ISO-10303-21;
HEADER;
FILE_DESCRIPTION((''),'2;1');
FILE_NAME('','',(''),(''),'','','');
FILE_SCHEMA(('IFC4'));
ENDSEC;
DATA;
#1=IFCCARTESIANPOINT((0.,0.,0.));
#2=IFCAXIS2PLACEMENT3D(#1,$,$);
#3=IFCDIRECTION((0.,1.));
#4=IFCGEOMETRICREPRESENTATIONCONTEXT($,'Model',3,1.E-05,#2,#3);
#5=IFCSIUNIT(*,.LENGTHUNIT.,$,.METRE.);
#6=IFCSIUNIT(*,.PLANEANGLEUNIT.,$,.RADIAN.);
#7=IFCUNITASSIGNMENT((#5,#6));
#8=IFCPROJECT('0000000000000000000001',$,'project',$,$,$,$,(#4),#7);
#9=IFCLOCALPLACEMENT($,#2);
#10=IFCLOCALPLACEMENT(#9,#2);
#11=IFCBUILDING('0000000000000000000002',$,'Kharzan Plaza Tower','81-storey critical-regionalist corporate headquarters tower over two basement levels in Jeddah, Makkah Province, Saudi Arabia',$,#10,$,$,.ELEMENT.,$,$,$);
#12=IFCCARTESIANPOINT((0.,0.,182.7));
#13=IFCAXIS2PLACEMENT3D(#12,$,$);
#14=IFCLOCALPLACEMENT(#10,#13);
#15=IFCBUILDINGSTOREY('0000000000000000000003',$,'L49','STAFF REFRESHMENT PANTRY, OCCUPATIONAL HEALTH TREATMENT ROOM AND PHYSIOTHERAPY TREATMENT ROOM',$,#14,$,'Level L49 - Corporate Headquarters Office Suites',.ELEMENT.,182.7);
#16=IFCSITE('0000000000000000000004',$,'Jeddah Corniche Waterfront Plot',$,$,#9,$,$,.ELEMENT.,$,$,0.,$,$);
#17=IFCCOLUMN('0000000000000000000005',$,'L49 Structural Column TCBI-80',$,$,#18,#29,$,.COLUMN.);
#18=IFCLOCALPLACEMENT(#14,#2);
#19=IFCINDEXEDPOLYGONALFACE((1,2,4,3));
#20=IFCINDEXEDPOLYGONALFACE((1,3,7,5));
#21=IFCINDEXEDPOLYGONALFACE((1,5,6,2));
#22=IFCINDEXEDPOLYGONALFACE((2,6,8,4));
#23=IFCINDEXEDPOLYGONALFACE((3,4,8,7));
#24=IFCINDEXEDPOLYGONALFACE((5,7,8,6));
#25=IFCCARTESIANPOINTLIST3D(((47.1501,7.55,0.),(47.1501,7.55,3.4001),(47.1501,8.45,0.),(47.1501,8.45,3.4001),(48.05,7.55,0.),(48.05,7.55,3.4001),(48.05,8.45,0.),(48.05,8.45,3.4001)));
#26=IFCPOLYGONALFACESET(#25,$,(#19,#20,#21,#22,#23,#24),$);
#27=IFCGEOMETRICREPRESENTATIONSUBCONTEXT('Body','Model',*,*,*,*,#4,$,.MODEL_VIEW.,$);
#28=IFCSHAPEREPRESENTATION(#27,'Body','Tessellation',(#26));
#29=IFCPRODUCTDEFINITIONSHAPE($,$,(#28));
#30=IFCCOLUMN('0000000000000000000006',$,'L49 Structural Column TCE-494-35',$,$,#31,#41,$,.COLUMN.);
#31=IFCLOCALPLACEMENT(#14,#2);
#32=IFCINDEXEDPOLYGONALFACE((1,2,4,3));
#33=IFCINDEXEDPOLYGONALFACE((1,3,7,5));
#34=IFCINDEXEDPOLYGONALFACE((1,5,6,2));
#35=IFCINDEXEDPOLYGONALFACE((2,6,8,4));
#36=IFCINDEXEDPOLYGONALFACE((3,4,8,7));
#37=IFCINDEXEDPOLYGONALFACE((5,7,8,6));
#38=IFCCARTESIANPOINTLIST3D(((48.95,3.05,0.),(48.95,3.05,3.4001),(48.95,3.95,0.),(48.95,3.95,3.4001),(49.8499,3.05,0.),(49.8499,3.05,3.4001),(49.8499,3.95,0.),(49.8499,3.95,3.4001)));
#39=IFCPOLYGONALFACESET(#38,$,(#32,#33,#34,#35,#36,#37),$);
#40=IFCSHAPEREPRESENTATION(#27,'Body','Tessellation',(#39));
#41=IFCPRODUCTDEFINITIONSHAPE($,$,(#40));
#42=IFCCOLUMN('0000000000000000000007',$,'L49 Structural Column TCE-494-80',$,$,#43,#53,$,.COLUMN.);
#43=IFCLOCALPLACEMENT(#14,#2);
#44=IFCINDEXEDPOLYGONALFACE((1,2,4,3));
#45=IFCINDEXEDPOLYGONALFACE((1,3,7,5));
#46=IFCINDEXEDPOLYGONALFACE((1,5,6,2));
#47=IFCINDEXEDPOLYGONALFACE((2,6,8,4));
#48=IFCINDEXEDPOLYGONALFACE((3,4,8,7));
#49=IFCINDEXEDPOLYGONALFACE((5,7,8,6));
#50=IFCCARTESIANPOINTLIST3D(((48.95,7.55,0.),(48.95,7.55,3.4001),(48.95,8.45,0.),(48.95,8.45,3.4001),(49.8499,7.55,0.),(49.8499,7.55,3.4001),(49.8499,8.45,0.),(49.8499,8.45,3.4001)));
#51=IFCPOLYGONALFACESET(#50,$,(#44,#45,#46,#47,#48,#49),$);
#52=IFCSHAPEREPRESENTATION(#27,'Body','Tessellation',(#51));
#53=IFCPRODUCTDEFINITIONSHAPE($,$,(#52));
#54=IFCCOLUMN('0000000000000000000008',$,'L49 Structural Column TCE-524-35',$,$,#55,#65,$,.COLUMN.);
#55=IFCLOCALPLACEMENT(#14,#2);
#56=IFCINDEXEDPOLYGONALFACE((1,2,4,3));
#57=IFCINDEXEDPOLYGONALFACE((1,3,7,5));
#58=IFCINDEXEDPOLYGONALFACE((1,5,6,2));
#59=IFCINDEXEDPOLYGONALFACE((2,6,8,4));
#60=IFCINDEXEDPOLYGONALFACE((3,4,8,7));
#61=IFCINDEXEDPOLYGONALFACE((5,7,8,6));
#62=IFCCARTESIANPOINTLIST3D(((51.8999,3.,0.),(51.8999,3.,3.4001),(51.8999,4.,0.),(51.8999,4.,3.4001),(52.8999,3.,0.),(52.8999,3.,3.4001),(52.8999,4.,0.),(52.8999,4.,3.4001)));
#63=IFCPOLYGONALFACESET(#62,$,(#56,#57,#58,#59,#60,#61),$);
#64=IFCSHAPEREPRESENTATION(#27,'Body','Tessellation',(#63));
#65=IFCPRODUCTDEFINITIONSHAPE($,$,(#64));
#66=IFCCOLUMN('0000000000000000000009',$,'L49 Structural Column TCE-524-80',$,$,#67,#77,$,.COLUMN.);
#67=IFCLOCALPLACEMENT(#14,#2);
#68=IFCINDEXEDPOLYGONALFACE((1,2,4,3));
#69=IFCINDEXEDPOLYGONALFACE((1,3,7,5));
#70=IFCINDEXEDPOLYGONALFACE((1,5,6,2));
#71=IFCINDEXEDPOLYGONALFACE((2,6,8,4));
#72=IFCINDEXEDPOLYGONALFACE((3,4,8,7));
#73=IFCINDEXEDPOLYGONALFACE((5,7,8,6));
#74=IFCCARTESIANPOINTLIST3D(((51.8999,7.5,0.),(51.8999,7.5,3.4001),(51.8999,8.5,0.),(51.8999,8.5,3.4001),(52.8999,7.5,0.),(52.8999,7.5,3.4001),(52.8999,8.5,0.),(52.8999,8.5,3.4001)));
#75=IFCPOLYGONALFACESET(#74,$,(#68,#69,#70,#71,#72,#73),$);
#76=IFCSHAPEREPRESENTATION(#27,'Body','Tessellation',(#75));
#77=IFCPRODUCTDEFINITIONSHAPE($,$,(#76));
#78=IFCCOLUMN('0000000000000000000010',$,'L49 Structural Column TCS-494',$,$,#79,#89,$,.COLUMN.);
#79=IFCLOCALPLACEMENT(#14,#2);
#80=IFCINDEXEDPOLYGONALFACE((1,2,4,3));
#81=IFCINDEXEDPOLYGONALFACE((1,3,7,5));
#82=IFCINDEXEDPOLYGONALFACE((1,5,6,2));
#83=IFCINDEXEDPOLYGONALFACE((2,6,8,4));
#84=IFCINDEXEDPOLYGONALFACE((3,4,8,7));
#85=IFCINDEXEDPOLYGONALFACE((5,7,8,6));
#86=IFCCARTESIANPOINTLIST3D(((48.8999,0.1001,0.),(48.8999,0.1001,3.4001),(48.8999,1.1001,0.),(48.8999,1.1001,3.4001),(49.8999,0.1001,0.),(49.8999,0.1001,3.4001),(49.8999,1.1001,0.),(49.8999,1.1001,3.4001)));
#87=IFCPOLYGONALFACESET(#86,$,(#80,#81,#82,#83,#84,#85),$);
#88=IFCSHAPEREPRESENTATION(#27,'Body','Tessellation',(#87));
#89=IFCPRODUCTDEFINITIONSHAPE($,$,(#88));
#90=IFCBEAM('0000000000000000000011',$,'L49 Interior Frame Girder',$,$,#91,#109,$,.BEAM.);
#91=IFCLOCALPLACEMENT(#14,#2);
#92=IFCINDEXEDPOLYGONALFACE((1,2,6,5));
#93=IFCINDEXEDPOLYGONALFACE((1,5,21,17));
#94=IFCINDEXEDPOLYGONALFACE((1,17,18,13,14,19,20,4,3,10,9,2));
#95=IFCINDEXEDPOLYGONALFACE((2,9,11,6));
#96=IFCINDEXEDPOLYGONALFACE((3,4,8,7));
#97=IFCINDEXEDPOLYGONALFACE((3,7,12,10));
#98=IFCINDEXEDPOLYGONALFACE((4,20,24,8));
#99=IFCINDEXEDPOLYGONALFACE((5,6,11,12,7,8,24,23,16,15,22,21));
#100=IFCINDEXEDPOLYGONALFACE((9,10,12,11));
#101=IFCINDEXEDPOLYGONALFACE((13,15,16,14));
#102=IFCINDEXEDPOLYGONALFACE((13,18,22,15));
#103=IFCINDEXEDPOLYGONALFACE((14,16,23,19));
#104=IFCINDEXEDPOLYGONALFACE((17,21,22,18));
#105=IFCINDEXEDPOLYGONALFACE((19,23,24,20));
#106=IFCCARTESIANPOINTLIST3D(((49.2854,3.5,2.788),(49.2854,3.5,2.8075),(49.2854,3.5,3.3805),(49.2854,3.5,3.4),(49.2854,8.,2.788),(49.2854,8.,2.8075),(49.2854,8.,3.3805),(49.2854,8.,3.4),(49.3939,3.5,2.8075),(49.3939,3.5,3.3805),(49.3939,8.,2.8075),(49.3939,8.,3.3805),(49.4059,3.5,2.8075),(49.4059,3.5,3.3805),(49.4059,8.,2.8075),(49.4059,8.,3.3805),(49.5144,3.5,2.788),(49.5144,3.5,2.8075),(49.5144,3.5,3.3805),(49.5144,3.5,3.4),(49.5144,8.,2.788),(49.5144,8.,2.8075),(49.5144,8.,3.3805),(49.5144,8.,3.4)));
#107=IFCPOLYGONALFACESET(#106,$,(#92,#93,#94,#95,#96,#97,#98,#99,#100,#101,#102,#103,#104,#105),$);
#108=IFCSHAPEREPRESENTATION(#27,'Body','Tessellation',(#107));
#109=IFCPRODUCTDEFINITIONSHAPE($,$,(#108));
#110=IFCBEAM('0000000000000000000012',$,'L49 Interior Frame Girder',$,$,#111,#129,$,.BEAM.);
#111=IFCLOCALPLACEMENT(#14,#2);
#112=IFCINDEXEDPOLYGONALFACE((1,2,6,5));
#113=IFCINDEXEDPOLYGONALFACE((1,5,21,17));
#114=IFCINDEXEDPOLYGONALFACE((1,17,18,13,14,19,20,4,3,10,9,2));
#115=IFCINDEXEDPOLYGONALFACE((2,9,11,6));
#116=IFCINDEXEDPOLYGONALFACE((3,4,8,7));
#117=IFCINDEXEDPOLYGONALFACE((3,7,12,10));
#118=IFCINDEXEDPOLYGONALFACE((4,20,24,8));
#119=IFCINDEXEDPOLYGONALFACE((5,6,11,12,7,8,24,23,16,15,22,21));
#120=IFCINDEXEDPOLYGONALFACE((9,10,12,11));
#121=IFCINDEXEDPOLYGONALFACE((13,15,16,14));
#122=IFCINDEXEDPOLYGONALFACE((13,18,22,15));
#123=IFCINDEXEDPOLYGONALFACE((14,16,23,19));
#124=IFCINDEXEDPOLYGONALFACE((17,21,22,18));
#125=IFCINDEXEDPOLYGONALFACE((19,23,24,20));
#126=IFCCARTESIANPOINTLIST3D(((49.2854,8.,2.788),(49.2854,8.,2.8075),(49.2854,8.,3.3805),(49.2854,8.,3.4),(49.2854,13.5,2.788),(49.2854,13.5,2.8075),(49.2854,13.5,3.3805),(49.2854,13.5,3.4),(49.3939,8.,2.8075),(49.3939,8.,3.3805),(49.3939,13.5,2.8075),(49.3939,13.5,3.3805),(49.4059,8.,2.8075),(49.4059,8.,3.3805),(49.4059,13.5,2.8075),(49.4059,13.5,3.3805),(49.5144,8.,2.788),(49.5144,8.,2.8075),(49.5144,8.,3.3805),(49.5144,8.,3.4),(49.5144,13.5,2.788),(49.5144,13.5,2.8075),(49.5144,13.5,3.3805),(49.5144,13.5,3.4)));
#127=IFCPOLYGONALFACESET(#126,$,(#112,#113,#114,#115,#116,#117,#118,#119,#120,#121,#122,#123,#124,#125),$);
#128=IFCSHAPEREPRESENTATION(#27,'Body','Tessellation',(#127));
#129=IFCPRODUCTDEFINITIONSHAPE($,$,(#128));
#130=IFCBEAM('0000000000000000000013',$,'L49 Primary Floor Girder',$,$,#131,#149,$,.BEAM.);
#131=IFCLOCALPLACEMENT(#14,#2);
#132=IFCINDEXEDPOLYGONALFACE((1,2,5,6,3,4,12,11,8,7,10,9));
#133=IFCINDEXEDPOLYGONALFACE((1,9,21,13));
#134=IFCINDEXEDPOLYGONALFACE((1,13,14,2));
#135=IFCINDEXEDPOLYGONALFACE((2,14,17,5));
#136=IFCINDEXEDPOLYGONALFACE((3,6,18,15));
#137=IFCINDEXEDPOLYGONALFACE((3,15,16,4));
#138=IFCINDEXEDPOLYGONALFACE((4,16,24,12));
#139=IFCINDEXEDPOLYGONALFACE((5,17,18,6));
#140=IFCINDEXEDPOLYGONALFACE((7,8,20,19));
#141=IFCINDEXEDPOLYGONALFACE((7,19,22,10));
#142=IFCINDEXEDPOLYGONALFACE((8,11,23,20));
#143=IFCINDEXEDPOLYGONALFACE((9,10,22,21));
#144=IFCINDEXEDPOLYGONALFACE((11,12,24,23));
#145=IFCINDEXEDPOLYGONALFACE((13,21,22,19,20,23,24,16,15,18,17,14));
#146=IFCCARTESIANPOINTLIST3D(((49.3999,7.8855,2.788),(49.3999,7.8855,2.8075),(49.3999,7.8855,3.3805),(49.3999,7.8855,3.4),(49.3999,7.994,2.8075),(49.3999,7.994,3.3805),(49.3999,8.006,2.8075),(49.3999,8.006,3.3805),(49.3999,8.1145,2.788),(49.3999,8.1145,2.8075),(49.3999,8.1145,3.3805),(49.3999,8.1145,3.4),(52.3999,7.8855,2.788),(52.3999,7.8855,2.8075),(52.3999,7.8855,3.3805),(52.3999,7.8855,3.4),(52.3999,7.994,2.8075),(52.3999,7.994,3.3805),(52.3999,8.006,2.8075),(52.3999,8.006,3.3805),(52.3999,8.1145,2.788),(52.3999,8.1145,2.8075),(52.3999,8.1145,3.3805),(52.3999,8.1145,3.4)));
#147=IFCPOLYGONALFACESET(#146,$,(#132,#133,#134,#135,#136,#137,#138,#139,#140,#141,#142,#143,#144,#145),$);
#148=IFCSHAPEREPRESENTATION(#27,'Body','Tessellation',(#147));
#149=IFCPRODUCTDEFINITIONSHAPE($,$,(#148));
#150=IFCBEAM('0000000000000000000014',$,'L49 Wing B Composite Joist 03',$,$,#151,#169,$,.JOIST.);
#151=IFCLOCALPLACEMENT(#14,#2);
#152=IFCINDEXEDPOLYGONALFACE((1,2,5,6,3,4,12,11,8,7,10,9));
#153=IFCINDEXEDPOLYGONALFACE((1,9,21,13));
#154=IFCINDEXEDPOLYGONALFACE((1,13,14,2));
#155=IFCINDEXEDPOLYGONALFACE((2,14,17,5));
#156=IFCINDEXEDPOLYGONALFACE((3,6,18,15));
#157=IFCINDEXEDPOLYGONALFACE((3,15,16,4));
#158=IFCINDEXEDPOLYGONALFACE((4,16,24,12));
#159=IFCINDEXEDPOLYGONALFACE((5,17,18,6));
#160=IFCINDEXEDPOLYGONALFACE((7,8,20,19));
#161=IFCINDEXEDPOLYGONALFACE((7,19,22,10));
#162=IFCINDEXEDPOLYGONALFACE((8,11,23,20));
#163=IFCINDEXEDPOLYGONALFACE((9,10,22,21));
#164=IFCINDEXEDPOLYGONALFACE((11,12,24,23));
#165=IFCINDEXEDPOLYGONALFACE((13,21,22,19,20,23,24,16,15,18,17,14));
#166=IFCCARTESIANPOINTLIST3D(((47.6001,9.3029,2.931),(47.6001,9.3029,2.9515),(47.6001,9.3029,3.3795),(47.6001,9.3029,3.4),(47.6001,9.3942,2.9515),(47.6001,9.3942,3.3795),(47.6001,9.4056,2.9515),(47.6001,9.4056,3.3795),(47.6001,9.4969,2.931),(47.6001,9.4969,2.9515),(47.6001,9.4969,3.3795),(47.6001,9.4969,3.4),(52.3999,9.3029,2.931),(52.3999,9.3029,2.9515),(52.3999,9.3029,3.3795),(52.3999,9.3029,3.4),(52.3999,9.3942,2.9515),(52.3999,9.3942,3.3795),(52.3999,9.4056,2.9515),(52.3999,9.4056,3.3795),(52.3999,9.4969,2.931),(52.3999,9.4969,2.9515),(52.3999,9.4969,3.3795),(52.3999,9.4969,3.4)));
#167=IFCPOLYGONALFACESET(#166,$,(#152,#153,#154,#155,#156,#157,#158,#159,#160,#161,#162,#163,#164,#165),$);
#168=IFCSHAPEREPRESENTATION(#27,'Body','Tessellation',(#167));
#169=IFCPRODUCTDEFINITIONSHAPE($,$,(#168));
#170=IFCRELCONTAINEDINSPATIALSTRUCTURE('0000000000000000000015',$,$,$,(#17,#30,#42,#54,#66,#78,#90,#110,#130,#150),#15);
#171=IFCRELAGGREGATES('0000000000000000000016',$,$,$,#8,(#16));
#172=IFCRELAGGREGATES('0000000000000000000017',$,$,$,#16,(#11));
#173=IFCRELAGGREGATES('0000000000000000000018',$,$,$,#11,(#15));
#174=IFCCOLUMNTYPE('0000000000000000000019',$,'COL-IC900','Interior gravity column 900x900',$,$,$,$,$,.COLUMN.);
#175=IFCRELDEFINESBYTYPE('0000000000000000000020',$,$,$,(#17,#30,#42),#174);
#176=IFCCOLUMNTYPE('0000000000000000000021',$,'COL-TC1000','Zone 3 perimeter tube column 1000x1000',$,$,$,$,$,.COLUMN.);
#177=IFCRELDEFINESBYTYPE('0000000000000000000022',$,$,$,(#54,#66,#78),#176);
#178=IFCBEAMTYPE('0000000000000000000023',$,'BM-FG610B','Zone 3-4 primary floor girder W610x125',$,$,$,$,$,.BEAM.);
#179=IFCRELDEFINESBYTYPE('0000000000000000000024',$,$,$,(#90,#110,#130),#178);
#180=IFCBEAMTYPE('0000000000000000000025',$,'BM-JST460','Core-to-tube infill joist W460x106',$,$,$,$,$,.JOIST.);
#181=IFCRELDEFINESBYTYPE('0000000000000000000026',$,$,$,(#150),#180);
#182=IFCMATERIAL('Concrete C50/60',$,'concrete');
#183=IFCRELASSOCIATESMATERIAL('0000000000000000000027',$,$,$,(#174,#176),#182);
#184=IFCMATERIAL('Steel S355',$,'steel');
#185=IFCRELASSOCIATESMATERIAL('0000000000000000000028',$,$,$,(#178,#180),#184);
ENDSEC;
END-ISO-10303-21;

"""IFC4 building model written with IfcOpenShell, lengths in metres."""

from ifc_helpers import new_model, si_unit, direction, frame, origin, origin_2d, place, context, subcontext, project, spatial, rectangle, i_section, extrude, source, transform, mapped, material, material_profile, profile_set, type_object, element, save


model = new_model("IFC4")

# Units and contexts
model_context = context("Model", 3, precision=1e-05, world=origin(), true_north=direction((0.0, 1.0)))
body_context = subcontext(model_context, "Body", "Model", "MODEL_VIEW")
ifc_project = project(units=[si_unit("LENGTHUNIT", "METRE"), si_unit("PLANEANGLEUNIT", "RADIAN")], contexts=[model_context])

# Site, building, storey
site_placement = place(None, origin())
site = spatial("IfcSite", under=ifc_project, at=site_placement, Name="Jeddah Corniche Waterfront Plot", CompositionType="ELEMENT", RefElevation=0.0)
building_placement = place(site_placement, origin())
building = spatial("IfcBuilding", under=site, at=building_placement, Name="Kharzan Plaza Tower", Description="81-storey critical-regionalist corporate headquarters tower over two basement levels in Jeddah, Makkah Province, Saudi Arabia", CompositionType="ELEMENT")
storey_placement = place(building_placement, frame((0.0, 0.0, 182.7)))
storey = spatial("IfcBuildingStorey", under=building, at=storey_placement, Name="L49", Description="STAFF REFRESHMENT PANTRY, OCCUPATIONAL HEALTH TREATMENT ROOM AND PHYSIOTHERAPY TREATMENT ROOM", LongName="Level L49 - Corporate Headquarters Office Suites", CompositionType="ELEMENT", Elevation=182.7)

# Columns
ifc_material_1 = material(Name="Concrete C50/60", Category="concrete")
ifc_material_profile_1 = material_profile(ifc_material_1, rectangle(XDim=0.8999, YDim=0.8999, at=origin_2d()), Name="RC-IC900x900")
ifc_profile_set_1 = profile_set([ifc_material_profile_1], Name="Concrete C50/60")
column_type_1 = type_object("IfcColumnType", Name="COL-IC900", Description="Interior gravity column 900x900", PredefinedType="COLUMN", material=ifc_profile_set_1)
shared_shape_1 = source(origin(), body_context, "Body", "SweptSolid", [
    extrude(rectangle(XDim=0.8999, YDim=0.8999, at=origin_2d()), origin(), (0.0, 0.0, 1.0), 3.4001),
])
for number, where, z_axis, x_axis, name in (
    (1, (47.6001, 8.0, 0.0), (0.0, 0.0, 1.0), (1.0, 0.0, 0.0), "L49 Structural Column TCBI-80"),
    (2, (49.3999, 3.5, 0.0), (0.0, 0.0, 1.0), (1.0, 0.0, 0.0), "L49 Structural Column TCE-494-35"),
    (3, (49.3999, 8.0, 0.0), (0.0, 0.0, 1.0), (1.0, 0.0, 0.0), "L49 Structural Column TCE-494-80"),
):
    element("IfcColumn", number, at=place(storey_placement, frame(where, z_axis=z_axis, x_axis=x_axis)), inside=storey, type_object=column_type_1, Name=name, PredefinedType="COLUMN", context=body_context, shape_type="MappedRepresentation", body=[
        mapped(shared_shape_1, transform((0.0, 0.0, 0.0), x_axis=(1.0, 0.0, 0.0), y_axis=(0.0, 1.0, 0.0), z_axis=(0.0, 0.0, 1.0))),
    ])
ifc_material_profile_2 = material_profile(ifc_material_1, rectangle(XDim=1.0, YDim=1.0, at=origin_2d()), Name="RC-TC1000x1000")
ifc_profile_set_2 = profile_set([ifc_material_profile_2], Name="Concrete C50/60")
column_type_2 = type_object("IfcColumnType", Name="COL-TC1000", Description="Zone 3 perimeter tube column 1000x1000", PredefinedType="COLUMN", material=ifc_profile_set_2)
shared_shape_2 = source(origin(), body_context, "Body", "SweptSolid", [
    extrude(rectangle(XDim=1.0, YDim=1.0, at=origin_2d()), origin(), (0.0, 0.0, 1.0), 3.4001),
])
for number, where, z_axis, x_axis, name in (
    (4, (52.3999, 3.5, 0.0), (0.0, 0.0, 1.0), (1.0, 0.0, 0.0), "L49 Structural Column TCE-524-35"),
    (5, (52.3999, 8.0, 0.0), (0.0, 0.0, 1.0), (1.0, 0.0, 0.0), "L49 Structural Column TCE-524-80"),
    (6, (49.3999, 0.6001, 0.0), (0.0, 0.0, 1.0), (1.0, 0.0, 0.0), "L49 Structural Column TCS-494"),
):
    element("IfcColumn", number, at=place(storey_placement, frame(where, z_axis=z_axis, x_axis=x_axis)), inside=storey, type_object=column_type_2, Name=name, PredefinedType="COLUMN", context=body_context, shape_type="MappedRepresentation", body=[
        mapped(shared_shape_2, transform((0.0, 0.0, 0.0), x_axis=(1.0, 0.0, 0.0), y_axis=(0.0, 1.0, 0.0), z_axis=(0.0, 0.0, 1.0))),
    ])

# Beams
ifc_material_2 = material(Name="Steel S355", Category="steel")
ifc_material_profile_3 = material_profile(ifc_material_2, i_section(OverallWidth=0.229, OverallDepth=0.6121, WebThickness=0.012, FlangeThickness=0.0195, at=origin_2d()), Name="W610x125")
ifc_profile_set_3 = profile_set([ifc_material_profile_3], Name="Steel S355")
beam_type_1 = type_object("IfcBeamType", Name="BM-FG610B", Description="Zone 3-4 primary floor girder W610x125", PredefinedType="BEAM", material=ifc_profile_set_3)
shared_shape_3 = source(origin(), body_context, "Body", "SweptSolid", [
    extrude(i_section(OverallWidth=0.229, OverallDepth=0.6121, WebThickness=0.012, FlangeThickness=0.0195, at=origin_2d()), origin(), (0.0, 0.0, 1.0), 4.5),
])
beam_1_placement = place(storey_placement, frame((49.3999, 3.5, 3.094), z_axis=(0.0, 1.0, 0.0), x_axis=(-1.0, 0.0, 0.0)))
element("IfcBeam", 7, at=beam_1_placement, inside=storey, type_object=beam_type_1, Name="L49 Interior Frame Girder", PredefinedType="BEAM", context=body_context, shape_type="MappedRepresentation", body=[
    mapped(shared_shape_3, transform((0.0, 0.0, 0.0), x_axis=(1.0, 0.0, 0.0), y_axis=(0.0, 1.0, 0.0), z_axis=(0.0, 0.0, 1.0))),
])
shared_shape_4 = source(origin(), body_context, "Body", "SweptSolid", [
    extrude(i_section(OverallWidth=0.229, OverallDepth=0.6121, WebThickness=0.012, FlangeThickness=0.0195, at=origin_2d()), origin(), (0.0, 0.0, 1.0), 5.5),
])
beam_2_placement = place(storey_placement, frame((49.3999, 8.0, 3.094), z_axis=(0.0, 1.0, 0.0), x_axis=(-1.0, 0.0, 0.0)))
element("IfcBeam", 8, at=beam_2_placement, inside=storey, type_object=beam_type_1, Name="L49 Interior Frame Girder", PredefinedType="BEAM", context=body_context, shape_type="MappedRepresentation", body=[
    mapped(shared_shape_4, transform((0.0, 0.0, 0.0), x_axis=(1.0, 0.0, 0.0), y_axis=(0.0, 1.0, 0.0), z_axis=(0.0, 0.0, 1.0))),
])
shared_shape_5 = source(origin(), body_context, "Body", "SweptSolid", [
    extrude(i_section(OverallWidth=0.229, OverallDepth=0.6121, WebThickness=0.012, FlangeThickness=0.0195, at=origin_2d()), origin(), (0.0, 0.0, 1.0), 3.0),
])
beam_3_placement = place(storey_placement, frame((49.3999, 8.0, 3.094), z_axis=(1.0, 0.0, 0.0), x_axis=(0.0, 1.0, 0.0)))
element("IfcBeam", 9, at=beam_3_placement, inside=storey, type_object=beam_type_1, Name="L49 Primary Floor Girder", PredefinedType="BEAM", context=body_context, shape_type="MappedRepresentation", body=[
    mapped(shared_shape_5, transform((0.0, 0.0, 0.0), x_axis=(1.0, 0.0, 0.0), y_axis=(0.0, 1.0, 0.0), z_axis=(0.0, 0.0, 1.0))),
])
ifc_material_profile_4 = material_profile(ifc_material_2, i_section(OverallWidth=0.1941, OverallDepth=0.469, WebThickness=0.0115, FlangeThickness=0.0205, at=origin_2d()), Name="W460x106")
ifc_profile_set_4 = profile_set([ifc_material_profile_4], Name="Steel S355")
beam_type_2 = type_object("IfcBeamType", Name="BM-JST460", Description="Core-to-tube infill joist W460x106", PredefinedType="JOIST", material=ifc_profile_set_4)
shared_shape_6 = source(origin(), body_context, "Body", "SweptSolid", [
    extrude(i_section(OverallWidth=0.1941, OverallDepth=0.469, WebThickness=0.0115, FlangeThickness=0.0205, at=origin_2d()), origin(), (0.0, 0.0, 1.0), 4.7998),
])
beam_4_placement = place(storey_placement, frame((47.6001, 9.3999, 3.1655), z_axis=(1.0, 0.0, 0.0), x_axis=(0.0, 1.0, 0.0)))
element("IfcBeam", 10, at=beam_4_placement, inside=storey, type_object=beam_type_2, Name="L49 Wing B Composite Joist 03", PredefinedType="JOIST", context=body_context, shape_type="MappedRepresentation", body=[
    mapped(shared_shape_6, transform((0.0, 0.0, 0.0), x_axis=(1.0, 0.0, 0.0), y_axis=(0.0, 1.0, 0.0), z_axis=(0.0, 0.0, 1.0))),
])

save(model, "model.ifc")
